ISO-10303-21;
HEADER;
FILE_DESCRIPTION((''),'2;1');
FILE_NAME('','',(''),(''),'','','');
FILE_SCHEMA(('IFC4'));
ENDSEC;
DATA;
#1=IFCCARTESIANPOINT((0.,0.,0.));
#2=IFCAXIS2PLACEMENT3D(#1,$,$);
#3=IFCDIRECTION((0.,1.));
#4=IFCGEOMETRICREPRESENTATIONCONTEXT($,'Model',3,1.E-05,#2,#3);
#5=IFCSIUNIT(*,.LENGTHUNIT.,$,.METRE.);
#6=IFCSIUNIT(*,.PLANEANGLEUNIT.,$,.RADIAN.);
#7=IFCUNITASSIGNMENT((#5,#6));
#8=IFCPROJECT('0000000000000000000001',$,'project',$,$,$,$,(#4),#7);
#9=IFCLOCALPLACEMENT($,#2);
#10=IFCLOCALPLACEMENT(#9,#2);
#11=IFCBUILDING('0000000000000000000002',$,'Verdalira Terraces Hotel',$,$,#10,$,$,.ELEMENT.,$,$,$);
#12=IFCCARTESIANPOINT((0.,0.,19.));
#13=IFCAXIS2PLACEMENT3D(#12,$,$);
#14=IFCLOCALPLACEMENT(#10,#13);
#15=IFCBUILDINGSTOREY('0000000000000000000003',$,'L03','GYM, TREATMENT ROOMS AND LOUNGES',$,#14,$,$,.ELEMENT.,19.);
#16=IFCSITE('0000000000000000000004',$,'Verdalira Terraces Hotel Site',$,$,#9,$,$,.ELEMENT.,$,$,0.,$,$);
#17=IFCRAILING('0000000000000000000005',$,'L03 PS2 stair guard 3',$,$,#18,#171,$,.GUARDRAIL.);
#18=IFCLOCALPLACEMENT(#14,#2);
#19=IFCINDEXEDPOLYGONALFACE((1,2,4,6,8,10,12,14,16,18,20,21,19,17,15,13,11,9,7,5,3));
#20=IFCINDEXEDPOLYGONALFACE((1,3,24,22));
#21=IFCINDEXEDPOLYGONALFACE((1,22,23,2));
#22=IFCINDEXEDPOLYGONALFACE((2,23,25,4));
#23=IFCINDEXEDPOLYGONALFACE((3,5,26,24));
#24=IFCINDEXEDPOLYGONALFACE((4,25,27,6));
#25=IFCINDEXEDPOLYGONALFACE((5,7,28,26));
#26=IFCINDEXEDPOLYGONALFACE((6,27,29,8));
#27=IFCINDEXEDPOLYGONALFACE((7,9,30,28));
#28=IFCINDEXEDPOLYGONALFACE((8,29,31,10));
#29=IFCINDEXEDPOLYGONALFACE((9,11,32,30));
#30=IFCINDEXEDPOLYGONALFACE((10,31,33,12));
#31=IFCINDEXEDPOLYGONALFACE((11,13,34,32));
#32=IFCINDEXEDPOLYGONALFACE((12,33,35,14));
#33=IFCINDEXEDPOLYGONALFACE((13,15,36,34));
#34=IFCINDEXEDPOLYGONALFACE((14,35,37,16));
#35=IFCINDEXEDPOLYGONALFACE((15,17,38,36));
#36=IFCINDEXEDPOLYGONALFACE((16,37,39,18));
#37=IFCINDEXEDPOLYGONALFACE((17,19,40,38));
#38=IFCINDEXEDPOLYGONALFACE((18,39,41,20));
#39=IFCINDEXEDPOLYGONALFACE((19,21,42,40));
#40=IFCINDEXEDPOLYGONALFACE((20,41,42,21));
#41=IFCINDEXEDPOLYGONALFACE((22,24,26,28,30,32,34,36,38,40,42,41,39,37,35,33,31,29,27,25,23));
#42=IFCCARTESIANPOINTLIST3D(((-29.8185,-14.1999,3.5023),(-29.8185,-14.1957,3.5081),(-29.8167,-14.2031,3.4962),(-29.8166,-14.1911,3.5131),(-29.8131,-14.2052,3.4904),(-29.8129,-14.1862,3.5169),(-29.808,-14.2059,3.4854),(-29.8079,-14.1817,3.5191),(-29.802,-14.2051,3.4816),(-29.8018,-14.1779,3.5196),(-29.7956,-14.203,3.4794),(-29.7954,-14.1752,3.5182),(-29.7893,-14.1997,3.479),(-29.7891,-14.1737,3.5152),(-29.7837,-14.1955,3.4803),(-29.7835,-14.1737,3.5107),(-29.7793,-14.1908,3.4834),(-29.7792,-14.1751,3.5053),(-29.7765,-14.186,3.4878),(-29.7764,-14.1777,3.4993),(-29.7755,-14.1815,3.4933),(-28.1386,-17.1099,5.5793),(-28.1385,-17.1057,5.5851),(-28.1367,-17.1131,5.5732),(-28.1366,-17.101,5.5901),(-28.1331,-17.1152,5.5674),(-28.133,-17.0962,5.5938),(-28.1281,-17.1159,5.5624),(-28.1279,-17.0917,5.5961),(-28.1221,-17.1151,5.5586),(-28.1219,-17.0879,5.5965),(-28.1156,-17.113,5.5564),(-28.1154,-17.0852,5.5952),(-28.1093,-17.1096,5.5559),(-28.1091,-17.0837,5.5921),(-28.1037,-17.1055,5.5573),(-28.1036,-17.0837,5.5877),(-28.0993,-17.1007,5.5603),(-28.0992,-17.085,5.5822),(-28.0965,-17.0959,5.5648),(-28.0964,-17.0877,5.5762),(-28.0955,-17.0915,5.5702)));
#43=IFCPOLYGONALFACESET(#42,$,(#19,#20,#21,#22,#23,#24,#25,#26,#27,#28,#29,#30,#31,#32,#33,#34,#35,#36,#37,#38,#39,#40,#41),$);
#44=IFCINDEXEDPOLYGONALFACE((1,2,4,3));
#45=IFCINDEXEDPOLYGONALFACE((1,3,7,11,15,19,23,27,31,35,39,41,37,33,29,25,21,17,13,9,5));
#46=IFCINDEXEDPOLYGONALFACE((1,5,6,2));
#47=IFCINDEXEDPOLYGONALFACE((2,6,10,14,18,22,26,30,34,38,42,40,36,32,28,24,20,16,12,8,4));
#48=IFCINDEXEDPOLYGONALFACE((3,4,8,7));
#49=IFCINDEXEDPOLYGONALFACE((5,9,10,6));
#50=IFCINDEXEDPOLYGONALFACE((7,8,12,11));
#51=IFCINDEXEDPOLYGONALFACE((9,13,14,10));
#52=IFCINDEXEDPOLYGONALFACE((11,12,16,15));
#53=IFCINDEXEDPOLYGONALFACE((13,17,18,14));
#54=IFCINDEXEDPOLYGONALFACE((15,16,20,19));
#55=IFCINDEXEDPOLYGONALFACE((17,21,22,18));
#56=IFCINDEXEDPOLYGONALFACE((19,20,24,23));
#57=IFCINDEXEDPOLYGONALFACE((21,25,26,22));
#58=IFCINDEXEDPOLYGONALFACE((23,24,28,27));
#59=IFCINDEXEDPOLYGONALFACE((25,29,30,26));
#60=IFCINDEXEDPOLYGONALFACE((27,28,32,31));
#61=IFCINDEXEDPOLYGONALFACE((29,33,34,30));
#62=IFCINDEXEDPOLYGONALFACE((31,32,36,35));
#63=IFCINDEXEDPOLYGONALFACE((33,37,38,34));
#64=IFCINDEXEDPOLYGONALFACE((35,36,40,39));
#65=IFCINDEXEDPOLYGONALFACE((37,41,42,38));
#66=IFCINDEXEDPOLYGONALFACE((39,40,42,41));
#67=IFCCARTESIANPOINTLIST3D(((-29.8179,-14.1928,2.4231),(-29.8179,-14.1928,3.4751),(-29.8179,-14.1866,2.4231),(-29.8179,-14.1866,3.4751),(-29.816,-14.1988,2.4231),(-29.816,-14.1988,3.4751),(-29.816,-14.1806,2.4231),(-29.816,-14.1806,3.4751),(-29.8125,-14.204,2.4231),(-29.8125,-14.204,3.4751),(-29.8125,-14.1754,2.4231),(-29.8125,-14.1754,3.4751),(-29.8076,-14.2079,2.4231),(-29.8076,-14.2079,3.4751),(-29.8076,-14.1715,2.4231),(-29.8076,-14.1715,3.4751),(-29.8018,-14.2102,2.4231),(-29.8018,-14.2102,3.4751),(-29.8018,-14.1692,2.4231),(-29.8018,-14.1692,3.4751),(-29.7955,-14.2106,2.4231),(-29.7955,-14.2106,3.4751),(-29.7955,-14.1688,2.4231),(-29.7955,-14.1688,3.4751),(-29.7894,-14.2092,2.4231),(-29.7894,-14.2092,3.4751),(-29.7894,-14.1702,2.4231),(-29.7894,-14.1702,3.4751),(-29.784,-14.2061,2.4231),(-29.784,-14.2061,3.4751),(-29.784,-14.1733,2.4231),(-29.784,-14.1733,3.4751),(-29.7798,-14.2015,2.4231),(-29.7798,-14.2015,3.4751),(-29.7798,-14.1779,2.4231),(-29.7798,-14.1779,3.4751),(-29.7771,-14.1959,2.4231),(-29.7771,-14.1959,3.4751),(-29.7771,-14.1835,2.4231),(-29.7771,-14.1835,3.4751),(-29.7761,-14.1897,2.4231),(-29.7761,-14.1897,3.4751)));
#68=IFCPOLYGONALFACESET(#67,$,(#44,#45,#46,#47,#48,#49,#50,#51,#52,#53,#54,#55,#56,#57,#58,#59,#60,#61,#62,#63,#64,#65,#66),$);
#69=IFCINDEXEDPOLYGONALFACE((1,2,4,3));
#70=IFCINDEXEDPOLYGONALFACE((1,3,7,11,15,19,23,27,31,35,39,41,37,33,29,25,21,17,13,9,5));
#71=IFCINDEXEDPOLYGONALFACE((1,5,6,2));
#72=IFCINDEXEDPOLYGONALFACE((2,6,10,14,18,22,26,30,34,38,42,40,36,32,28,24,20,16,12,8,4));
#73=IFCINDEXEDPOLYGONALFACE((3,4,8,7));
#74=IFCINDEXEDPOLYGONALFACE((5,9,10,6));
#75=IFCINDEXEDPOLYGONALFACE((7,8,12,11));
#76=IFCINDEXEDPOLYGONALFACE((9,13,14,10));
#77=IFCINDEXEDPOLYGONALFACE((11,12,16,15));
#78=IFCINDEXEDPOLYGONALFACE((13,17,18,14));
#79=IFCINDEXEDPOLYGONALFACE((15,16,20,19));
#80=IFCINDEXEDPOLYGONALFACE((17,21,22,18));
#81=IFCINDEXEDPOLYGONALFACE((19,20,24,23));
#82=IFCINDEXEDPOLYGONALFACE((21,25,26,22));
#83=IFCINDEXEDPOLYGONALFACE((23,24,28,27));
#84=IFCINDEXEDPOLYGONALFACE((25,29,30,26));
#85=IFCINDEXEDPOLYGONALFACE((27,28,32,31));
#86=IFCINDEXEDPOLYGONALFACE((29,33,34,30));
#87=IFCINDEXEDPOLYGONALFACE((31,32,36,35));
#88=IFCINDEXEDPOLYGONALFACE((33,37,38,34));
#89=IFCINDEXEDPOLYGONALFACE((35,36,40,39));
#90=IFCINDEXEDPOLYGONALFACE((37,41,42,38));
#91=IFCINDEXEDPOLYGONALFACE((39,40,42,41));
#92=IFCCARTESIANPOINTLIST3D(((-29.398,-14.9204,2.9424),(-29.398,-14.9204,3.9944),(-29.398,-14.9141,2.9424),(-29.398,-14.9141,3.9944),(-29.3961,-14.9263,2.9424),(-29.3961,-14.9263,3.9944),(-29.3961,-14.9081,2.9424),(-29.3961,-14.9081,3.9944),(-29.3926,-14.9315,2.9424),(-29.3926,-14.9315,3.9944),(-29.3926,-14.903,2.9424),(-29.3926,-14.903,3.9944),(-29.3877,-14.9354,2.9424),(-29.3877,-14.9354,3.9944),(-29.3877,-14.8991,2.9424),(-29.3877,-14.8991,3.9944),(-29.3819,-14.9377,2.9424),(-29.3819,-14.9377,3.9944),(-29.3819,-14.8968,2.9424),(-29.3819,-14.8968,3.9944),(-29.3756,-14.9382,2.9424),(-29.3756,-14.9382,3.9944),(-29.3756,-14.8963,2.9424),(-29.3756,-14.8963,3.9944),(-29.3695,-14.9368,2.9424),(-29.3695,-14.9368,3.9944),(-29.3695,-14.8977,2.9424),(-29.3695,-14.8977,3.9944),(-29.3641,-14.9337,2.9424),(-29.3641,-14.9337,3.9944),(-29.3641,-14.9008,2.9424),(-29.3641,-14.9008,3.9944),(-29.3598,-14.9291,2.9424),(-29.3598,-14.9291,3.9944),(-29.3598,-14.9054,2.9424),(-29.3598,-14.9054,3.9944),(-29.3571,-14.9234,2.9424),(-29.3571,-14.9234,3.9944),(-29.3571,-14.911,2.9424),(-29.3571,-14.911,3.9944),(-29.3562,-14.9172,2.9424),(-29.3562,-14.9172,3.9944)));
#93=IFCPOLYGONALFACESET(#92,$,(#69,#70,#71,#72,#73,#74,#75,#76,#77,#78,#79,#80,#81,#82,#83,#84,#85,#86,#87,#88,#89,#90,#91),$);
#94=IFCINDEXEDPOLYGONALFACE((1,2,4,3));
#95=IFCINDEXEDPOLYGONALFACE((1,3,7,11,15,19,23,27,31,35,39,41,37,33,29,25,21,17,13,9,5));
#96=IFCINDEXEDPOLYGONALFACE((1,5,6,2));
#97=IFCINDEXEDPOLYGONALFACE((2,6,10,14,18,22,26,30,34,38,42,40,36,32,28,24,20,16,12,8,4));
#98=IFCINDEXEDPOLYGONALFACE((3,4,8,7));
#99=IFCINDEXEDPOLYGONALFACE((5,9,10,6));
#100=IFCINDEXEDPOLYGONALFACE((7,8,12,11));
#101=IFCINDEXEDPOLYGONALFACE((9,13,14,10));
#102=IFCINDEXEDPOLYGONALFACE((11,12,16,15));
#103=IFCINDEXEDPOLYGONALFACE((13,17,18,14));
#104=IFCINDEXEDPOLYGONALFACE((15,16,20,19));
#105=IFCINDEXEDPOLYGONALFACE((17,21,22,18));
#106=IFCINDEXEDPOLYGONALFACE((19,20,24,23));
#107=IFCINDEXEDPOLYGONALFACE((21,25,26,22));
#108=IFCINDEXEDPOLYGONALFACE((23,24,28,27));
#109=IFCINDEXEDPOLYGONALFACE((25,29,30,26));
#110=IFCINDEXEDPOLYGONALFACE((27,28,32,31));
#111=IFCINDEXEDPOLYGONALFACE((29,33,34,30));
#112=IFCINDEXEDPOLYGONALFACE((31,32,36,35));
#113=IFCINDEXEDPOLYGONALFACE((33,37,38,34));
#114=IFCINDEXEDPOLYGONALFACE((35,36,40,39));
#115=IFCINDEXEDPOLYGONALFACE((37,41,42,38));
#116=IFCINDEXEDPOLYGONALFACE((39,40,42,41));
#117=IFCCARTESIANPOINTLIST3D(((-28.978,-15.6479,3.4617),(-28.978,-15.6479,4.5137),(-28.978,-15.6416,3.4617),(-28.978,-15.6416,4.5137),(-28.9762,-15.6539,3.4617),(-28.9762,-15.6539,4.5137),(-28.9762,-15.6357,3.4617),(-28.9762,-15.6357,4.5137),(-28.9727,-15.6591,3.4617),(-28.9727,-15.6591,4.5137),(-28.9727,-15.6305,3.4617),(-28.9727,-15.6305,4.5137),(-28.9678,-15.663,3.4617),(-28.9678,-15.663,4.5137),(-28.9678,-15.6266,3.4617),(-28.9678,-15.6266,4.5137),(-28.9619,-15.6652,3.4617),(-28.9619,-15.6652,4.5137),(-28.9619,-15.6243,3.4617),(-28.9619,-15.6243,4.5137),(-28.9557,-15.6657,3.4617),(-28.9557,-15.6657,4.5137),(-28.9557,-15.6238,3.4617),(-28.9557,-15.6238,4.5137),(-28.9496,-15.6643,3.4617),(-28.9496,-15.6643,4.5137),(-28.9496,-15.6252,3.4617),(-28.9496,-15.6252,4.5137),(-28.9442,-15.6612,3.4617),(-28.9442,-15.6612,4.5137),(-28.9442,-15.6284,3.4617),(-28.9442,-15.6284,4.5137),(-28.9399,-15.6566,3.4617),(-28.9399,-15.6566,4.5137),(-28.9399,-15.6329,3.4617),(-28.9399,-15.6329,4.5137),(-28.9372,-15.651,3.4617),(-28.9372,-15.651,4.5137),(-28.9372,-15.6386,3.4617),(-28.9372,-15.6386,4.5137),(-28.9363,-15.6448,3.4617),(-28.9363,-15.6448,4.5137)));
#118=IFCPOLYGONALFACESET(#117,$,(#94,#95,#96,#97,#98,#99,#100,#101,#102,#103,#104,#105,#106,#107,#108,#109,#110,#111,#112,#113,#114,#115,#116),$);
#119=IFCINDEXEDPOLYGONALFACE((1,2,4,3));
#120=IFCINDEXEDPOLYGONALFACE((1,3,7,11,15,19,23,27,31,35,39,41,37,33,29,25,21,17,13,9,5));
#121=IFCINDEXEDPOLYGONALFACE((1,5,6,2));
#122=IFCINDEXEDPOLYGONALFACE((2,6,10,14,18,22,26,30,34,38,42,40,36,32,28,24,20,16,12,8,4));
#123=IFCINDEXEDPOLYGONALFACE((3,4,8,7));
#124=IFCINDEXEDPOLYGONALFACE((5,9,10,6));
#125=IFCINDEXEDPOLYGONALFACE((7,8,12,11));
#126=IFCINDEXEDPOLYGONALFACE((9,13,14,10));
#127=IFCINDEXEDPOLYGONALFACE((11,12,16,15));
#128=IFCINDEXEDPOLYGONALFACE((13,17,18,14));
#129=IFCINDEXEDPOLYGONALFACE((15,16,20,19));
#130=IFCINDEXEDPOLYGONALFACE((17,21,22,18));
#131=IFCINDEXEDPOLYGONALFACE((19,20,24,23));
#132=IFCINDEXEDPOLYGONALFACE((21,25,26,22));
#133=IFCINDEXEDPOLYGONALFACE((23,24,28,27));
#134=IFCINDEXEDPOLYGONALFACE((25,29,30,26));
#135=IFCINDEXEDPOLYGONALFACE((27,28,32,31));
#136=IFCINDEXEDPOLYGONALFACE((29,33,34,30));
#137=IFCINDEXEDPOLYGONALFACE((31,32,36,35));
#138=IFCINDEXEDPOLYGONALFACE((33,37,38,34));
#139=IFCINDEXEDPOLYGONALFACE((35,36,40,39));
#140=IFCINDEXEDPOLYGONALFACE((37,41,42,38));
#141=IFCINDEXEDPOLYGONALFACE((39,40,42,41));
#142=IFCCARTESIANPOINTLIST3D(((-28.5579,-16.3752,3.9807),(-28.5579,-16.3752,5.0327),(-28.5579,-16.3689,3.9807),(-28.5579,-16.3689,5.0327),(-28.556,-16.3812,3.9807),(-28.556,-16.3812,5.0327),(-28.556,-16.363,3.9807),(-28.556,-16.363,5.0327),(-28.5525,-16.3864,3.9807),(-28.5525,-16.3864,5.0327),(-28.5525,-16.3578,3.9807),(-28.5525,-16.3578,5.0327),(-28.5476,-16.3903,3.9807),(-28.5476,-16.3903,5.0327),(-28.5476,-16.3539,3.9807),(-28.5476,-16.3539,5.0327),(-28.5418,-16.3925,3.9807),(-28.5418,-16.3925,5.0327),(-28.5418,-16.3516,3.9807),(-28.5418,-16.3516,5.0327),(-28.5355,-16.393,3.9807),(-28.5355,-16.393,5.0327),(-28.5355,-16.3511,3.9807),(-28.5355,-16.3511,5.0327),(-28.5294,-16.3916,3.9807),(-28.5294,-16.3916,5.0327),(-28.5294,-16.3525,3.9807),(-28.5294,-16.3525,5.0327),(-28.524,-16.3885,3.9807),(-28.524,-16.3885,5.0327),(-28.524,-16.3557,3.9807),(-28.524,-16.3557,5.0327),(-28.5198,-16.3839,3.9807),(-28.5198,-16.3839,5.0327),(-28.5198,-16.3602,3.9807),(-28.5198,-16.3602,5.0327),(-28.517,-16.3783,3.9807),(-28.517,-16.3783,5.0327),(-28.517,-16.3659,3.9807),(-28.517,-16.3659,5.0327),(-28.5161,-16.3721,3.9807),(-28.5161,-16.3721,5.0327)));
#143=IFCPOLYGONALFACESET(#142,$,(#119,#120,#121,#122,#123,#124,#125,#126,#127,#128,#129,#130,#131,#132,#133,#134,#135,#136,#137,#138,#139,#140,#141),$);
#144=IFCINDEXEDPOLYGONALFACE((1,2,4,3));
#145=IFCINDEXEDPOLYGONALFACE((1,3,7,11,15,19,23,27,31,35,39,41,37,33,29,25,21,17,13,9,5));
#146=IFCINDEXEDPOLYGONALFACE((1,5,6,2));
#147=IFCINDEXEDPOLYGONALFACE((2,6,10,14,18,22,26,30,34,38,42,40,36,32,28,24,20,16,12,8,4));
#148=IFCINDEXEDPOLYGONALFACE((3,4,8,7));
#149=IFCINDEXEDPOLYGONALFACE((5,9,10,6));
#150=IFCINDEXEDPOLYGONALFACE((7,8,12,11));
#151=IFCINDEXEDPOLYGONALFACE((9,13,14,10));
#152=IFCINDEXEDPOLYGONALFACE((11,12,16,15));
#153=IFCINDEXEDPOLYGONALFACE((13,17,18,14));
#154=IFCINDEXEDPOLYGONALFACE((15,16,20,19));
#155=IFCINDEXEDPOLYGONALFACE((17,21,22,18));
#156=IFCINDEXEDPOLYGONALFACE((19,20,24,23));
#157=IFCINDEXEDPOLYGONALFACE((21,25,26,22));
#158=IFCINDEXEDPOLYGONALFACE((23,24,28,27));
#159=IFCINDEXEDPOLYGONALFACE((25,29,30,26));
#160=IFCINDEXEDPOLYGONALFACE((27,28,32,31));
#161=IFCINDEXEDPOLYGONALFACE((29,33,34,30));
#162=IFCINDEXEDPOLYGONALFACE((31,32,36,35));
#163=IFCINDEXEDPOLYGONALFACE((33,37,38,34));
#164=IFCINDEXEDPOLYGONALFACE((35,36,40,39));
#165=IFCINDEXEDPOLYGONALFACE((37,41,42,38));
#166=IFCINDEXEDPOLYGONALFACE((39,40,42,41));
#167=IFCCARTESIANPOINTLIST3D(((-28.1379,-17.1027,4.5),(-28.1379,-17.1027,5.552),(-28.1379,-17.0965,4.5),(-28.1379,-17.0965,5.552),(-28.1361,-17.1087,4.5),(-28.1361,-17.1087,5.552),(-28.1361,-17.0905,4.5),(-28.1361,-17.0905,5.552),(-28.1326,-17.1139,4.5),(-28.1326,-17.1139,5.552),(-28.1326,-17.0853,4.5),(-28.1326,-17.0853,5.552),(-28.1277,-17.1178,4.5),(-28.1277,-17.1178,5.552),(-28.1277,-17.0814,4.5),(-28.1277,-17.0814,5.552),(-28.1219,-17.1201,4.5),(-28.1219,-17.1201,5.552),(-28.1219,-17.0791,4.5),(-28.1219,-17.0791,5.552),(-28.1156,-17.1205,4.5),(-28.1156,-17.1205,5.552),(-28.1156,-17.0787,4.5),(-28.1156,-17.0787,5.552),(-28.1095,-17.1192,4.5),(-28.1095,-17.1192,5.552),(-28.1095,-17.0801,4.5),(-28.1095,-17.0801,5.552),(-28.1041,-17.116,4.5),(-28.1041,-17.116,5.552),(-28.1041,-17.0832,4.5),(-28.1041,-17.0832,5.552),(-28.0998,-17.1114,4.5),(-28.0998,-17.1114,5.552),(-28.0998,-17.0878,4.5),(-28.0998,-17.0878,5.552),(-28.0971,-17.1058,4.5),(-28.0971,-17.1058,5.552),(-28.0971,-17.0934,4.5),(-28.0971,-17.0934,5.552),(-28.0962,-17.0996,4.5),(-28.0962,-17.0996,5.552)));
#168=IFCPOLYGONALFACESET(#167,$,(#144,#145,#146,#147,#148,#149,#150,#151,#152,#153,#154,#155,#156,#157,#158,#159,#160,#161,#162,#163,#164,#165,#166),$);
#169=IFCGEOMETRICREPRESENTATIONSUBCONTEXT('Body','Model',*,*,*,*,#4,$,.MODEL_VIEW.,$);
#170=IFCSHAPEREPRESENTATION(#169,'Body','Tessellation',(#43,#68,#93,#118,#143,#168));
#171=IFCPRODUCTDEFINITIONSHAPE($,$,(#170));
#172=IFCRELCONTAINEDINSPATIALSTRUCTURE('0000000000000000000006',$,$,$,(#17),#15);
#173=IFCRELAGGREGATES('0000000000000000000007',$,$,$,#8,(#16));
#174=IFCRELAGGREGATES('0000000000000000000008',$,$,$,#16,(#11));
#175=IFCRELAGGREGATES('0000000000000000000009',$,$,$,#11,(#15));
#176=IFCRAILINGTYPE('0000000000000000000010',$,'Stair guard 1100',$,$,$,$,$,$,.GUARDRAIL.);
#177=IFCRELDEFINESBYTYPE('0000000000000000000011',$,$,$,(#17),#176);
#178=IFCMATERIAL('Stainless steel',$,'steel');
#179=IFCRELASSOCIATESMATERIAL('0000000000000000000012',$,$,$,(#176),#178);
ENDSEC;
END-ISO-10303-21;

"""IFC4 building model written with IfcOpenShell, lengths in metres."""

from ifc_helpers import new_model, si_unit, direction, frame, origin, origin_2d, place, context, subcontext, project, spatial, circle, extrude, material, type_object, element, save


model = new_model("IFC4")

# Units and contexts
model_context = context("Model", 3, precision=1e-05, world=origin(), true_north=direction((0.0, 1.0)))
body_context = subcontext(model_context, "Body", "Model", "MODEL_VIEW")
ifc_project = project(units=[si_unit("LENGTHUNIT", "METRE"), si_unit("PLANEANGLEUNIT", "RADIAN")], contexts=[model_context])

# Site, building, storey
site_placement = place(None, origin())
site = spatial("IfcSite", under=ifc_project, at=site_placement, Name="Verdalira Terraces Hotel Site", CompositionType="ELEMENT", RefElevation=0.0)
building_placement = place(site_placement, origin())
building = spatial("IfcBuilding", under=site, at=building_placement, Name="Verdalira Terraces Hotel", CompositionType="ELEMENT")
storey_placement = place(building_placement, frame((0.0, 0.0, 19.0)))
storey = spatial("IfcBuildingStorey", under=building, at=storey_placement, Name="L03", Description="GYM, TREATMENT ROOMS AND LOUNGES", CompositionType="ELEMENT", Elevation=19.0)

# Railing
ifc_material_1 = material(Name="Stainless steel", Category="steel")
railing_type_1 = type_object("IfcRailingType", Name="Stair guard 1100", PredefinedType="GUARDRAIL", material=ifc_material_1)
railing_1_placement = place(storey_placement, frame((-29.7971, -14.1897, 2.4231)))
element("IfcRailing", 1, at=railing_1_placement, inside=storey, type_object=railing_type_1, Name="L03 PS2 stair guard 3", PredefinedType="GUARDRAIL", context=body_context, shape_type="SweptSolid", body=[
    extrude(circle(Radius=0.0239, at=origin_2d()), frame((0.0, 0.0, 1.0762), z_axis=(0.425288, -0.736668, 0.525785), x_axis=(0.866039, 0.499976, 0.0)), (0.0, 0.0, 1.0), 3.9502),
    extrude(circle(Radius=0.021, at=origin_2d()), origin(), (0.0, 0.0, 1.0), 1.052),
    extrude(circle(Radius=0.021, at=origin_2d()), frame((0.4199, -0.7275, 0.5193)), (0.0, 0.0, 1.0), 1.052),
    extrude(circle(Radius=0.021, at=origin_2d()), frame((0.8398, -1.4551, 1.0386)), (0.0, 0.0, 1.0), 1.052),
    extrude(circle(Radius=0.021, at=origin_2d()), frame((1.26, -2.1824, 1.5576)), (0.0, 0.0, 1.0), 1.052),
    extrude(circle(Radius=0.021, at=origin_2d()), frame((1.6799, -2.9099, 2.0769)), (0.0, 0.0, 1.0), 1.052),
])

save(model, "model.ifc")
